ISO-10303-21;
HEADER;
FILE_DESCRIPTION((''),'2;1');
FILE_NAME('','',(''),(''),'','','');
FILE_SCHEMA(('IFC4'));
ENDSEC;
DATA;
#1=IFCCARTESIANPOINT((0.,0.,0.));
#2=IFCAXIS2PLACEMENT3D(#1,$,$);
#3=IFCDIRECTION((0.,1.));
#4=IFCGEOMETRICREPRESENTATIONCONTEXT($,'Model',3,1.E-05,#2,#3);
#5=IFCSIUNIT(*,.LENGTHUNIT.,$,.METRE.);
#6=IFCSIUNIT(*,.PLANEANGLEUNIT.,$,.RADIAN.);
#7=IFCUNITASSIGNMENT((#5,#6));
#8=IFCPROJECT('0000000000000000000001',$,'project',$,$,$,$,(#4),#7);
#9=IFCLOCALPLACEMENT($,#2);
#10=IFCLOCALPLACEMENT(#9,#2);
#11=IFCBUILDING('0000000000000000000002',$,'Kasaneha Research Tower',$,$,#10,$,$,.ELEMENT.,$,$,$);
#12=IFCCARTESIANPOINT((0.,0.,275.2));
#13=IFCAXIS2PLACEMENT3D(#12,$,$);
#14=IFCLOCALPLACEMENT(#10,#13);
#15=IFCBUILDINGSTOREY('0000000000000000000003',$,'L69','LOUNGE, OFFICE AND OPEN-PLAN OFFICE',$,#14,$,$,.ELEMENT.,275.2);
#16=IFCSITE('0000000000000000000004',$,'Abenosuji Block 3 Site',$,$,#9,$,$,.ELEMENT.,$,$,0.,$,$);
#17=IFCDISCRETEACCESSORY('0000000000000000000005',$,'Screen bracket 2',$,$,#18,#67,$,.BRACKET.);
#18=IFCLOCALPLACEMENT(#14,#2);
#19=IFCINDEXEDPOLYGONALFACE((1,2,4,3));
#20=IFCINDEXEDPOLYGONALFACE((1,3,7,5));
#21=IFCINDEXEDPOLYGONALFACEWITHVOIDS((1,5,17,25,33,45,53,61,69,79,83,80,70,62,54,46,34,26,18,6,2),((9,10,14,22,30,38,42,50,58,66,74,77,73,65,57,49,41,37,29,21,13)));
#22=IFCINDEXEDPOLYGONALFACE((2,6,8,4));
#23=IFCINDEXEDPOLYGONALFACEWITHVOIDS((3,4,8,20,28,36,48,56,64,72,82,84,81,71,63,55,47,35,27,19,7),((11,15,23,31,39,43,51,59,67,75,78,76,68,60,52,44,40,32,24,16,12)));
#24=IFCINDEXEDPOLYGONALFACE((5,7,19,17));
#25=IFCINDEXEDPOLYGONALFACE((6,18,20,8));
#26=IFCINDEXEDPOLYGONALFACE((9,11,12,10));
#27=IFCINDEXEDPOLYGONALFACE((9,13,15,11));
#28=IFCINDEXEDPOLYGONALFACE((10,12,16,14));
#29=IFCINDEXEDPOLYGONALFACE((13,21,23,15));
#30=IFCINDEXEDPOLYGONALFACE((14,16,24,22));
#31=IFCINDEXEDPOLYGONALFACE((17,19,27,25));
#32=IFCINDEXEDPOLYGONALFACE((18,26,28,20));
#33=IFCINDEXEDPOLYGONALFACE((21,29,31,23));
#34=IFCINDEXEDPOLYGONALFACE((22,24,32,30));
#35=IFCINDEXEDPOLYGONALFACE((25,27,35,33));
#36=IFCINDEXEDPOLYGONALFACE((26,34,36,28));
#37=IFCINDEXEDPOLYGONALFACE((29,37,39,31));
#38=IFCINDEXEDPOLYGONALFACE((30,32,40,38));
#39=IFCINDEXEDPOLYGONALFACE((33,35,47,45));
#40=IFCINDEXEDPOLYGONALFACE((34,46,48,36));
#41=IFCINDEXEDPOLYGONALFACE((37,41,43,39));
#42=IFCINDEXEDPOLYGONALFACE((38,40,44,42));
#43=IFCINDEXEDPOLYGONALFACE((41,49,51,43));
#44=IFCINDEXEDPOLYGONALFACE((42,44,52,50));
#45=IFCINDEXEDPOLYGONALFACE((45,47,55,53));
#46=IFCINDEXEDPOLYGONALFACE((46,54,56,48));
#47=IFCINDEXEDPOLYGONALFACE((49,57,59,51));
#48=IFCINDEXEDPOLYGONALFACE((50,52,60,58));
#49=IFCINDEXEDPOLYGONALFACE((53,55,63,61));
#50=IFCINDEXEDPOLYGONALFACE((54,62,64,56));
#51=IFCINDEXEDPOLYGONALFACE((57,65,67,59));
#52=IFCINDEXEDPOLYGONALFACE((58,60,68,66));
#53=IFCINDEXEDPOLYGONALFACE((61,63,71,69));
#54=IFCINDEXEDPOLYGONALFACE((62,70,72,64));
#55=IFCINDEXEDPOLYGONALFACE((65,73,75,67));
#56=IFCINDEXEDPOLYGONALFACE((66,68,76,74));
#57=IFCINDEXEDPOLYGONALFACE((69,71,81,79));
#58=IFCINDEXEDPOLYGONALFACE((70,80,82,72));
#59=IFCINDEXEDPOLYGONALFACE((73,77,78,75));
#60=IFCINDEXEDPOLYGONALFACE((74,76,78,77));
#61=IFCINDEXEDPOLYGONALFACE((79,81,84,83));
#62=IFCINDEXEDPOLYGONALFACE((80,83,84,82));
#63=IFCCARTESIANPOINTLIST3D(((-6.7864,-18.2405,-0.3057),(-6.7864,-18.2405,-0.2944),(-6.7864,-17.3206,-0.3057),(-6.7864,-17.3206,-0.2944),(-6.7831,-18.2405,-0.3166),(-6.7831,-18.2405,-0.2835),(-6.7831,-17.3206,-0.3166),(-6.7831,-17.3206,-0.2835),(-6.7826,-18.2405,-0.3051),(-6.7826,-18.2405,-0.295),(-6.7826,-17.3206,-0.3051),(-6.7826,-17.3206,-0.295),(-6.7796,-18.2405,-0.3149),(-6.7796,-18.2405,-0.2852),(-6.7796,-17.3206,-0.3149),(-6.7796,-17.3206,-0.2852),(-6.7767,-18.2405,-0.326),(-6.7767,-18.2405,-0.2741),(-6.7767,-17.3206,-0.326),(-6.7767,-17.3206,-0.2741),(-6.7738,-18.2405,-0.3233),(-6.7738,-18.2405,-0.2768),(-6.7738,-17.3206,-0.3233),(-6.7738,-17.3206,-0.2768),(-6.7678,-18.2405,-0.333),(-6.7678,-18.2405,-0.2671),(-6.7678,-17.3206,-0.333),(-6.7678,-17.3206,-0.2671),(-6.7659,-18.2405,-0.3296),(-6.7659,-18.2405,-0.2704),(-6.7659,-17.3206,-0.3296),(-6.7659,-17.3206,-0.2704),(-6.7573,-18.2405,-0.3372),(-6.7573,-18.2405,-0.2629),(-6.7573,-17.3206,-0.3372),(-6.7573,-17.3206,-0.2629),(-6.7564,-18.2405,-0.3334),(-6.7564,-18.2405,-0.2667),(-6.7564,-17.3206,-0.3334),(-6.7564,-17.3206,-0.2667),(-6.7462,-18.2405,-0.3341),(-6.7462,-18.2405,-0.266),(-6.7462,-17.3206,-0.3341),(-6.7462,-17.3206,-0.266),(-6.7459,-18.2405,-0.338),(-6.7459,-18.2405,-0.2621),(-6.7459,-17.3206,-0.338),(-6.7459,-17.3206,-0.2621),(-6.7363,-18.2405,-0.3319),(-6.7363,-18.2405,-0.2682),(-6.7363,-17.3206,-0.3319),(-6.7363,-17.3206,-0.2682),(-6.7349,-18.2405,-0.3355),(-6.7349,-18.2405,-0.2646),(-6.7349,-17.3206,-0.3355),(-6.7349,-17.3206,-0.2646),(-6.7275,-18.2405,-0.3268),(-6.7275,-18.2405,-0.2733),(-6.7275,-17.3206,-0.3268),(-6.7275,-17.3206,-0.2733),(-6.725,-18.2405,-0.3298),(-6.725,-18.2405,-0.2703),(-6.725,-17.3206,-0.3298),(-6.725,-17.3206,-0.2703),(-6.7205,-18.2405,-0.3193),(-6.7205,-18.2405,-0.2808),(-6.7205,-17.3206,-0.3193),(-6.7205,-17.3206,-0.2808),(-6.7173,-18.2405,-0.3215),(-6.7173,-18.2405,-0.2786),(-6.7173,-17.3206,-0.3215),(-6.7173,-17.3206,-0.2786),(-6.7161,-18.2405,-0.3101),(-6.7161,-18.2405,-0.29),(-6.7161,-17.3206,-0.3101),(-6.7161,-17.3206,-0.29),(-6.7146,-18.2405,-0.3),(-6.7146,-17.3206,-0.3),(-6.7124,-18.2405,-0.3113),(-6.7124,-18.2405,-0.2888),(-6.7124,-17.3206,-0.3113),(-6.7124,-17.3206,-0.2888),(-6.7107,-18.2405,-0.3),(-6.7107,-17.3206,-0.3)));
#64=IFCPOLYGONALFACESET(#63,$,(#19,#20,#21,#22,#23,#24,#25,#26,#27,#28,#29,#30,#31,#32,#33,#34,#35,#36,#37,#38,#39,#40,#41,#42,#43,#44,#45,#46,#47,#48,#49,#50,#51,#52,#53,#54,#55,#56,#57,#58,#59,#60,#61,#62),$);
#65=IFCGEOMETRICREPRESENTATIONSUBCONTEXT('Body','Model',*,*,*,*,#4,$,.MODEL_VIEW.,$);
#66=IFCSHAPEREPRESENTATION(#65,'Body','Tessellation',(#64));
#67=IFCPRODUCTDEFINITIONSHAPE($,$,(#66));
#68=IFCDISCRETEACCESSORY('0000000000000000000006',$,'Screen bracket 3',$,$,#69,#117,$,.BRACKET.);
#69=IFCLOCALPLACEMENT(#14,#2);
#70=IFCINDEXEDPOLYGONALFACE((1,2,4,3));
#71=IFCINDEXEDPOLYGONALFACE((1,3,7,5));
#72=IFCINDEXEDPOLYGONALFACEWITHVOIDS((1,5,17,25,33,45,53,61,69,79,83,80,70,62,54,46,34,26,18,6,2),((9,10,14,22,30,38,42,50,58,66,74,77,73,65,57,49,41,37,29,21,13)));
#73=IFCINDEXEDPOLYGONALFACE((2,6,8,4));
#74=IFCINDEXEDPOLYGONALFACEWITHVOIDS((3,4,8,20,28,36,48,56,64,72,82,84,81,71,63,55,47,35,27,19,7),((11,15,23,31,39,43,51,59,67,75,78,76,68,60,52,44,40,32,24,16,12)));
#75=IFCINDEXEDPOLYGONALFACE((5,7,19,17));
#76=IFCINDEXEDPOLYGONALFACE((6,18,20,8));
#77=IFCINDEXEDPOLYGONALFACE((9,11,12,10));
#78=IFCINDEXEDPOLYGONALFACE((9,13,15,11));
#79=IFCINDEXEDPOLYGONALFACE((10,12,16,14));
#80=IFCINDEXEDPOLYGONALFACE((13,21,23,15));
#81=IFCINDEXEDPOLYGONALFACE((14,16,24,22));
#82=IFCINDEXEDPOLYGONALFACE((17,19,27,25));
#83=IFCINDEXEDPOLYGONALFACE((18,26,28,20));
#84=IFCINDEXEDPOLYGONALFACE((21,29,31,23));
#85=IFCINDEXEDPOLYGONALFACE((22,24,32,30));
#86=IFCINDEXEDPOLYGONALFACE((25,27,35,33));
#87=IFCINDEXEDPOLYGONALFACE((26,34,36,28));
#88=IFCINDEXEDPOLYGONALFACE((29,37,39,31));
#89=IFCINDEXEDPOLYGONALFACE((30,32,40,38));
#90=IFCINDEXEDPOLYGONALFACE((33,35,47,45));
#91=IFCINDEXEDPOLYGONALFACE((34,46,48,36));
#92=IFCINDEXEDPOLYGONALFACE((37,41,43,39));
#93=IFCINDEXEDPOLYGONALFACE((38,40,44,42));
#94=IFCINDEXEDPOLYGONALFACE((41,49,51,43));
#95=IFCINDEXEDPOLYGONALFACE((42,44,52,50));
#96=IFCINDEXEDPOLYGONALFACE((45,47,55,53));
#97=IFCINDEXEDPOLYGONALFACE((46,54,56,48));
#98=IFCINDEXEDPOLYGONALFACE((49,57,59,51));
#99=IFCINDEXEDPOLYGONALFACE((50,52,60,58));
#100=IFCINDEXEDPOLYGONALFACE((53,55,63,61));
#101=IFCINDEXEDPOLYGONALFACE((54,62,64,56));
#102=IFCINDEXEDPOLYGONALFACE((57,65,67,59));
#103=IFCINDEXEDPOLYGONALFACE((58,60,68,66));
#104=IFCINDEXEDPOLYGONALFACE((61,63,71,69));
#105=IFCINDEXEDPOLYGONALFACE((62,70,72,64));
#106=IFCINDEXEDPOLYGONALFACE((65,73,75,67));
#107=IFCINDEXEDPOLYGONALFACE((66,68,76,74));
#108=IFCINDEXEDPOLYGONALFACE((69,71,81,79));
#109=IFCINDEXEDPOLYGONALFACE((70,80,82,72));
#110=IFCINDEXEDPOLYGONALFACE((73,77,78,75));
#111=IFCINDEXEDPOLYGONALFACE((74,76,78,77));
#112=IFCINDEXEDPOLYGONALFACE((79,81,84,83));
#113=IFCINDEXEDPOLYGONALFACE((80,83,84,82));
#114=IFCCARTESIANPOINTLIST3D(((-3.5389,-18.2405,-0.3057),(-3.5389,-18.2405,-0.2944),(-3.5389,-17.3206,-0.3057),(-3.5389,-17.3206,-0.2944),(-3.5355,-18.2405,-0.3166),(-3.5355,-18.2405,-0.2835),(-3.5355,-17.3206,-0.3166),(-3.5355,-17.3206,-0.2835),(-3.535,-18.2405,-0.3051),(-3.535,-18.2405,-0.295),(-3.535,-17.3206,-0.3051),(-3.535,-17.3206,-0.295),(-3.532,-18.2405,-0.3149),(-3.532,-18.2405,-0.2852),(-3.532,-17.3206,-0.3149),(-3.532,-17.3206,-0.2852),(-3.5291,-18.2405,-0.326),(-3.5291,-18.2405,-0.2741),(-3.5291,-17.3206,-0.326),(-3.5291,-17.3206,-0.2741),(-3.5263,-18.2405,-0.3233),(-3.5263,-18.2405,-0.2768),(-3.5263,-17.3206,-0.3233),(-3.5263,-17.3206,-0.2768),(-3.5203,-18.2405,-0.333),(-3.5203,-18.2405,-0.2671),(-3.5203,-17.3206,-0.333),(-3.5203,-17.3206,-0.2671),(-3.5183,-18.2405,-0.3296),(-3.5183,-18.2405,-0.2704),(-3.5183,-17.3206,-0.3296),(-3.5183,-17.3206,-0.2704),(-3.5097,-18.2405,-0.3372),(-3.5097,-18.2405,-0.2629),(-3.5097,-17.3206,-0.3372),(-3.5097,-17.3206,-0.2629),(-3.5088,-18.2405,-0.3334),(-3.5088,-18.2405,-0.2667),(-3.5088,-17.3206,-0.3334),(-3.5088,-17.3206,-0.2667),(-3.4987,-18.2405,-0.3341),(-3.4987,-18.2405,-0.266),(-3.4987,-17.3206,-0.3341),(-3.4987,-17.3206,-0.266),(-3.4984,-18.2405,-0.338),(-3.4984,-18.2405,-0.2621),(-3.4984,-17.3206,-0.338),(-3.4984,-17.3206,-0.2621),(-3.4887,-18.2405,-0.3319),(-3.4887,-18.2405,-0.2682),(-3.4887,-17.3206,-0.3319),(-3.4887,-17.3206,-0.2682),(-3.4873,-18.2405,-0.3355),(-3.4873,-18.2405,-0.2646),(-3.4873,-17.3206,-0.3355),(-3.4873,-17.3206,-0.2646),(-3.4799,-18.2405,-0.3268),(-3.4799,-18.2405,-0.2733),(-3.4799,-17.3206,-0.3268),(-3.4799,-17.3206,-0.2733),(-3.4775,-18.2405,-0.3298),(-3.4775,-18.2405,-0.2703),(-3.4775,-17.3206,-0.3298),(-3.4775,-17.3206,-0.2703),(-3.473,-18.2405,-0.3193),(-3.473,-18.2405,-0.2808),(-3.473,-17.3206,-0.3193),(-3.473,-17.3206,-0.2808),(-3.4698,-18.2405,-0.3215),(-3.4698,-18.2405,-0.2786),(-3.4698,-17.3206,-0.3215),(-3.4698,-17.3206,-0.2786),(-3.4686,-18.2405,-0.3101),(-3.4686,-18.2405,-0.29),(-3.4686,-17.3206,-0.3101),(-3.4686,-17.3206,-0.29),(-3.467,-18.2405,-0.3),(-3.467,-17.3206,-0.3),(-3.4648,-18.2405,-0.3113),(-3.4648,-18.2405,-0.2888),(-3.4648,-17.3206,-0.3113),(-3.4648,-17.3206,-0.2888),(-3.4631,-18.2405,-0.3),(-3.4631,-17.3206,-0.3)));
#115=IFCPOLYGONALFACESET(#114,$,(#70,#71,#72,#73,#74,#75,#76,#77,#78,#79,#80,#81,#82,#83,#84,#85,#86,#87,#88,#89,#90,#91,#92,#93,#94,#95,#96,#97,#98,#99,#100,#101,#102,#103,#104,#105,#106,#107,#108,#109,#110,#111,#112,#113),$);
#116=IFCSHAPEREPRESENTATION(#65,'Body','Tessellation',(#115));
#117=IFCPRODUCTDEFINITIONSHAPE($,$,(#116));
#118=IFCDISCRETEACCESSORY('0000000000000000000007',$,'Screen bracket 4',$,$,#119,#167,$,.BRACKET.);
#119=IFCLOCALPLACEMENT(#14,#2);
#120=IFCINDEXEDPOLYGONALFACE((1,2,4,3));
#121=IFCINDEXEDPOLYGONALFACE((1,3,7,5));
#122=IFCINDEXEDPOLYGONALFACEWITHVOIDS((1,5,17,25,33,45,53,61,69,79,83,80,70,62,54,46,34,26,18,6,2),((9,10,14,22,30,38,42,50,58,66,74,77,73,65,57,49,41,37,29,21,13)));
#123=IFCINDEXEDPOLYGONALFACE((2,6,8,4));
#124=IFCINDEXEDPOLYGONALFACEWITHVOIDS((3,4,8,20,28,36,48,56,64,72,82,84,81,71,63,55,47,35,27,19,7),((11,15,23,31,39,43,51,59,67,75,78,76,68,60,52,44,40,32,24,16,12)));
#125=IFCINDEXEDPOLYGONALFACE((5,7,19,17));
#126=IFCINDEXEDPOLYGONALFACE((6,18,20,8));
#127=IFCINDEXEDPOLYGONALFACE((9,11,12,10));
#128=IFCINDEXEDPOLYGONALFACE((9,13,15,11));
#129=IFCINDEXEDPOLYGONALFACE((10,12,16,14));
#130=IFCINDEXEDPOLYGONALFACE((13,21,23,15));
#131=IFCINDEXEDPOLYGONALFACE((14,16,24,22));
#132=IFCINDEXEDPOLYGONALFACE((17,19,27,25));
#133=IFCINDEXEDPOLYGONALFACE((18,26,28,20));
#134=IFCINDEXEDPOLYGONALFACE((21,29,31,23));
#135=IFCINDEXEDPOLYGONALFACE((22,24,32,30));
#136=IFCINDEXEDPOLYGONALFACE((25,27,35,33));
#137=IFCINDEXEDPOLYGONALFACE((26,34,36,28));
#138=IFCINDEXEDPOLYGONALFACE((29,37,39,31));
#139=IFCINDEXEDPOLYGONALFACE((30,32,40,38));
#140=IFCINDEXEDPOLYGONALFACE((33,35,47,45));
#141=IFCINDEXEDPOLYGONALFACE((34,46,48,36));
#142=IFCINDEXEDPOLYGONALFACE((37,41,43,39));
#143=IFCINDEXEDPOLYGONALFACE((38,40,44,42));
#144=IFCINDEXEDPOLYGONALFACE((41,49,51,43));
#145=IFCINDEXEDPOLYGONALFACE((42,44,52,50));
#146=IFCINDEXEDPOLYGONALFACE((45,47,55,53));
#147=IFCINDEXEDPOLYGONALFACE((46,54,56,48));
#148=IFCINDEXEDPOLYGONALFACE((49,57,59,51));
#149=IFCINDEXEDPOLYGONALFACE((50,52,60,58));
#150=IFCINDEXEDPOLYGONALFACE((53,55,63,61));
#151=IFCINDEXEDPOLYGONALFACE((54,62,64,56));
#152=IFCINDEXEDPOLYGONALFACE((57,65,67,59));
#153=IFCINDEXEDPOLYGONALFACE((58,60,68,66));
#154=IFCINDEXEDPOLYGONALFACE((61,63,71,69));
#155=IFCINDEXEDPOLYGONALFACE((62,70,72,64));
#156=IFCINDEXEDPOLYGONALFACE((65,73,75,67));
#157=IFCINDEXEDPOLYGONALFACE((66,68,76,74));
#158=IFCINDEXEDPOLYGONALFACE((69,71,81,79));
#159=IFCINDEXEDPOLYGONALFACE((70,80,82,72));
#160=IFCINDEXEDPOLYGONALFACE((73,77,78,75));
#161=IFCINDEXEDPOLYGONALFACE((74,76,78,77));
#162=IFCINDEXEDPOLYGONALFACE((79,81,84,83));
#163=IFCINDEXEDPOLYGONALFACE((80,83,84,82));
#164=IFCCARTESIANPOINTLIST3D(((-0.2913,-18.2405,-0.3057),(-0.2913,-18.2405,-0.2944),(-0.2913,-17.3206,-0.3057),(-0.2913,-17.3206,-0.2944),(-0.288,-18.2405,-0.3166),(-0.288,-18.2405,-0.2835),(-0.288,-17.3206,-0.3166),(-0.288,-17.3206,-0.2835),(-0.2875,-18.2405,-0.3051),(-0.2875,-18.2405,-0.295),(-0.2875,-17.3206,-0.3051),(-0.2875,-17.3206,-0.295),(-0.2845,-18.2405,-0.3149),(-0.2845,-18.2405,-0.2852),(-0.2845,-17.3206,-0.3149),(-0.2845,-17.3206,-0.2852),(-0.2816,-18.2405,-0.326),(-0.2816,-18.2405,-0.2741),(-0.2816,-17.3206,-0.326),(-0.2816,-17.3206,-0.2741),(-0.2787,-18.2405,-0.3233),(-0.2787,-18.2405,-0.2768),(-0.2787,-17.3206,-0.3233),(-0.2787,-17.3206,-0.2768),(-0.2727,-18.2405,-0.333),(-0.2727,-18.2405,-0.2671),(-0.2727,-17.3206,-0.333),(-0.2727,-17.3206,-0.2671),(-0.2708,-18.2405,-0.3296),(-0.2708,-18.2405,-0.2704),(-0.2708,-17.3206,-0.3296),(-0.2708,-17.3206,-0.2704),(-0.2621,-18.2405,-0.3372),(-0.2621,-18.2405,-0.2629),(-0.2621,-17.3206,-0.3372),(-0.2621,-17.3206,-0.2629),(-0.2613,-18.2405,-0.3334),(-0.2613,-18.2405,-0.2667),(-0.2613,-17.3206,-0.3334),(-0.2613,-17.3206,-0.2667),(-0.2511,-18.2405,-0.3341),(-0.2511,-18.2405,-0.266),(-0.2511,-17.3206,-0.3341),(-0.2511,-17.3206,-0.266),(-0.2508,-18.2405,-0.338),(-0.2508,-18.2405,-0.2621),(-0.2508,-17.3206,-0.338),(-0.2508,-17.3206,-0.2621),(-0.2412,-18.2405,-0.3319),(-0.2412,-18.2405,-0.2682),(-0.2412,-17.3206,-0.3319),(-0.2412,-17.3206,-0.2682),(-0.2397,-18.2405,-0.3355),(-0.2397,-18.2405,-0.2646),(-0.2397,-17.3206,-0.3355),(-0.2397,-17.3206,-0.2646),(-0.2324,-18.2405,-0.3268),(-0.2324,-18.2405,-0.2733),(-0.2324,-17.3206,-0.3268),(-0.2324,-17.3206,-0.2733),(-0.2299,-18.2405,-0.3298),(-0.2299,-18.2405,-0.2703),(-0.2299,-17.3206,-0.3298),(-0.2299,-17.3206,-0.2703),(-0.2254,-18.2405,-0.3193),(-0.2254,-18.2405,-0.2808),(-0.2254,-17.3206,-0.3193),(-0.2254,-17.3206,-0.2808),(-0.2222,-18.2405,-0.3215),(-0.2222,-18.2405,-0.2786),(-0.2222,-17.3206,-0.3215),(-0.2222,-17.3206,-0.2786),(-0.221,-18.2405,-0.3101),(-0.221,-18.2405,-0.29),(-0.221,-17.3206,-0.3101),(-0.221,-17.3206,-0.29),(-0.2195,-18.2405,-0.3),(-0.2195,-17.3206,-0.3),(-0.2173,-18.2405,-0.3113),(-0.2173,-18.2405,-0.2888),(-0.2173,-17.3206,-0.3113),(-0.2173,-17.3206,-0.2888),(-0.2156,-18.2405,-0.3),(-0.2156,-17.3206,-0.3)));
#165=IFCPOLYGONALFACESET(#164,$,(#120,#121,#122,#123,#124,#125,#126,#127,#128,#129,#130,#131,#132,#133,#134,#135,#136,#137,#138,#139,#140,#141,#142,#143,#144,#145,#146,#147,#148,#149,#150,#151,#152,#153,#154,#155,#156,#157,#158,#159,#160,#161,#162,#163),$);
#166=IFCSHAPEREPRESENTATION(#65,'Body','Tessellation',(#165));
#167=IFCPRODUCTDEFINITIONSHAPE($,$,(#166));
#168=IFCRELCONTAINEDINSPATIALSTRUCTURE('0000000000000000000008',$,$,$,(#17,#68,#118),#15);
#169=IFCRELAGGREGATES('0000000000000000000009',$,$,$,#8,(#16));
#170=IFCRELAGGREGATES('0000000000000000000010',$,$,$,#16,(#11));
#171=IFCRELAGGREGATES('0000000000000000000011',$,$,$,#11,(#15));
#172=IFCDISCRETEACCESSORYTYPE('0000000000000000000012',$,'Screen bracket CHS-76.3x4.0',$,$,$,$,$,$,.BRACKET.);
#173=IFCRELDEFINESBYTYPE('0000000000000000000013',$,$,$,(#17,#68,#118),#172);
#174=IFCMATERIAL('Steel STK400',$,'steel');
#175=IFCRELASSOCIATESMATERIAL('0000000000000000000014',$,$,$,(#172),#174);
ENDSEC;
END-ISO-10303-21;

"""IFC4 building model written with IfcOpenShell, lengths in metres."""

from ifc_helpers import new_model, si_unit, direction, frame, origin, origin_2d, place, context, subcontext, project, spatial, hollow_circle, extrude, material, material_profile, profile_set, type_object, element, save


model = new_model("IFC4")

# Units and contexts
model_context = context("Model", 3, precision=1e-05, world=origin(), true_north=direction((0.0, 1.0)))
body_context = subcontext(model_context, "Body", "Model", "MODEL_VIEW")
ifc_project = project(units=[si_unit("LENGTHUNIT", "METRE"), si_unit("PLANEANGLEUNIT", "RADIAN")], contexts=[model_context])

# Site, building, storey
site_placement = place(None, origin())
site = spatial("IfcSite", under=ifc_project, at=site_placement, Name="Abenosuji Block 3 Site", CompositionType="ELEMENT", RefElevation=0.0)
building_placement = place(site_placement, origin())
building = spatial("IfcBuilding", under=site, at=building_placement, Name="Kasaneha Research Tower", CompositionType="ELEMENT")
storey_placement = place(building_placement, frame((0.0, 0.0, 275.2)))
storey = spatial("IfcBuildingStorey", under=building, at=storey_placement, Name="L69", Description="LOUNGE, OFFICE AND OPEN-PLAN OFFICE", CompositionType="ELEMENT", Elevation=275.2)

# Discrete accessories
ifc_material_1 = material(Name="Steel STK400", Category="steel")
ifc_material_profile_1 = material_profile(ifc_material_1, hollow_circle(Radius=0.0381, WallThickness=0.0039, at=origin_2d()), Name="CHS-76.3x4.0")
ifc_profile_set_1 = profile_set([ifc_material_profile_1], Name="Steel STK400")
discrete_accessory_type = type_object("IfcDiscreteAccessoryType", Name="Screen bracket CHS-76.3x4.0", PredefinedType="BRACKET", material=ifc_profile_set_1)
for number, where, z_axis, x_axis, name in (
    (1, (-6.7488, -17.3206, -0.3), (0.0, -1.0, 0.0), (1.0, 0.0, 0.0), "Screen bracket 2"),
    (2, (-3.5012, -17.3206, -0.3), (0.0, -1.0, 0.0), (1.0, 0.0, 0.0), "Screen bracket 3"),
    (3, (-0.2537, -17.3206, -0.3), (0.0, -1.0, 0.0), (1.0, 0.0, 0.0), "Screen bracket 4"),
):
    element("IfcDiscreteAccessory", number, at=place(storey_placement, frame(where, z_axis=z_axis, x_axis=x_axis)), inside=storey, type_object=discrete_accessory_type, Name=name, PredefinedType="BRACKET", context=body_context, shape_type="SweptSolid", body=[
        extrude(hollow_circle(Radius=0.0381, WallThickness=0.0039, at=origin_2d()), origin(), (0.0, 0.0, 1.0), 0.9199),
    ])

save(model, "model.ifc")
